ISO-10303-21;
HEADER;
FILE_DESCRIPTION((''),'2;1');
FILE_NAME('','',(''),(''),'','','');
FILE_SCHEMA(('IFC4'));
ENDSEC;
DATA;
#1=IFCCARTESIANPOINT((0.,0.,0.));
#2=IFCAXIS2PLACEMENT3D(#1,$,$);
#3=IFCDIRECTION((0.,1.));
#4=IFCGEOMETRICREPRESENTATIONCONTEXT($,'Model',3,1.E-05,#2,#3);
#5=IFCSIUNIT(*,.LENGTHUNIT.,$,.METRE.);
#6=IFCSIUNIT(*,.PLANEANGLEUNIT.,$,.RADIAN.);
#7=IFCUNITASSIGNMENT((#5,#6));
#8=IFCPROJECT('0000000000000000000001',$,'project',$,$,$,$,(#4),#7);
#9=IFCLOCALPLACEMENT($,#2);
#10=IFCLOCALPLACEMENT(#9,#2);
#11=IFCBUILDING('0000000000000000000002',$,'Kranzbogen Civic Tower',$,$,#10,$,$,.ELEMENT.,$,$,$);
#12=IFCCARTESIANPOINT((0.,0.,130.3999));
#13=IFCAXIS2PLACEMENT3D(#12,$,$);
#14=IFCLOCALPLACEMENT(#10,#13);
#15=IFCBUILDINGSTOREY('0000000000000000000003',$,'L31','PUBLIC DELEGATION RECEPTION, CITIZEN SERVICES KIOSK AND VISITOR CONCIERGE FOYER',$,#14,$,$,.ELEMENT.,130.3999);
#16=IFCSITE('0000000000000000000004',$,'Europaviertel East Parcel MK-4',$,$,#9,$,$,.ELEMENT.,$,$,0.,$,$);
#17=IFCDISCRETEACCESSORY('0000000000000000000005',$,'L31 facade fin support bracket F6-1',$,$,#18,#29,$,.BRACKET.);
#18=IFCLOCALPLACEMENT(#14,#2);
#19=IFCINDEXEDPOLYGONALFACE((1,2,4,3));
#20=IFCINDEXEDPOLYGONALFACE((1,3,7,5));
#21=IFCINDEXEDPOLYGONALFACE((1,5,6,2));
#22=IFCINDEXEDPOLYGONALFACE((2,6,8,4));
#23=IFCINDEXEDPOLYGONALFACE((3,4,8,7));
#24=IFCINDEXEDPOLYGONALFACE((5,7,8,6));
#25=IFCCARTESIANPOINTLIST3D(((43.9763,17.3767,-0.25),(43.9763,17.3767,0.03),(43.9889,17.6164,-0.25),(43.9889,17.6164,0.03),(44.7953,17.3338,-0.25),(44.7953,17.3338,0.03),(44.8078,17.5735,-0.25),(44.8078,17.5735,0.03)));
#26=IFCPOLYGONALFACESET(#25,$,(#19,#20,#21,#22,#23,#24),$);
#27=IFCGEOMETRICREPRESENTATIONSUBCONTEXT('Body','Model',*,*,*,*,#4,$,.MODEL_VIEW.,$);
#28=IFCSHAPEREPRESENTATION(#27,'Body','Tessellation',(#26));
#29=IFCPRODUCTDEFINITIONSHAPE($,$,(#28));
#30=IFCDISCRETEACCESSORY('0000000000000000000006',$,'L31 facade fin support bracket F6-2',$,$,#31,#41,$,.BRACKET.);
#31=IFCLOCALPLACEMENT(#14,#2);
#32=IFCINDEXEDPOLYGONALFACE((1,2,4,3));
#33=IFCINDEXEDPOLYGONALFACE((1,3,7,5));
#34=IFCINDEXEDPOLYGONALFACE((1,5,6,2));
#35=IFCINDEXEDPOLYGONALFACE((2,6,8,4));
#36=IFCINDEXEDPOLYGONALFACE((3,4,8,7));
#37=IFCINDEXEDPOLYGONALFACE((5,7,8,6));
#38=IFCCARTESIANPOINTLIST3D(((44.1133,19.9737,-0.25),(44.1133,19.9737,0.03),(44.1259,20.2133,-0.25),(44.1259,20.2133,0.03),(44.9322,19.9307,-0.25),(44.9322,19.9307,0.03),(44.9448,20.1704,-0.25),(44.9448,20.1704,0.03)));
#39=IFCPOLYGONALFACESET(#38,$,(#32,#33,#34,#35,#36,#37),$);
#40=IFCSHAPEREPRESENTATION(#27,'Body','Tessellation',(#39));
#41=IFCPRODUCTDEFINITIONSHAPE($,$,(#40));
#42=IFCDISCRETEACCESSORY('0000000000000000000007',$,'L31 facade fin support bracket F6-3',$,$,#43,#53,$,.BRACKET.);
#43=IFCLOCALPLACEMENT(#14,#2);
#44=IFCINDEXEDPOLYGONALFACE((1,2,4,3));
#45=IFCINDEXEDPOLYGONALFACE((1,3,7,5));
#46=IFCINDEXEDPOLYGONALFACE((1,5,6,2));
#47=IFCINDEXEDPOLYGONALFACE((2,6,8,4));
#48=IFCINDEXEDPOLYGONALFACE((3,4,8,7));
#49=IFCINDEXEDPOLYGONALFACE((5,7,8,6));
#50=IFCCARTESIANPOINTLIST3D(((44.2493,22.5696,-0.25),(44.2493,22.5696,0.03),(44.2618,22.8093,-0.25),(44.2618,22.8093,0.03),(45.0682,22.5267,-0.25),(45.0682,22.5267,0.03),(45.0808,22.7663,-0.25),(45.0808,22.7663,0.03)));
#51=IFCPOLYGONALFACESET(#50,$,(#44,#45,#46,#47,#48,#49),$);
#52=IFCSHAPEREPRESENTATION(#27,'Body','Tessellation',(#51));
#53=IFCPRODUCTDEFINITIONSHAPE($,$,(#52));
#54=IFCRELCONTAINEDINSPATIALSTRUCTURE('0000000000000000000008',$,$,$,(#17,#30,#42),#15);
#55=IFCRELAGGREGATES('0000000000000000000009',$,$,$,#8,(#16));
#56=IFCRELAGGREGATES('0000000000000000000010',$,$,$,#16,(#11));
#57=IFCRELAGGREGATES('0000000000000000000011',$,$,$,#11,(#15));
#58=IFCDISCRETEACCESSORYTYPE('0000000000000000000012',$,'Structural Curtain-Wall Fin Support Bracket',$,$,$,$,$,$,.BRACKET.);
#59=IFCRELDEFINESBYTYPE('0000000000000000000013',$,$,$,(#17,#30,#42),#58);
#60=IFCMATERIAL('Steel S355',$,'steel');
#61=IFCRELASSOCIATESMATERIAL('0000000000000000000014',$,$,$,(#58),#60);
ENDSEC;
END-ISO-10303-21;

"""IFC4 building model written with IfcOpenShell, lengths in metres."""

from ifc_helpers import new_model, si_unit, direction, frame, origin, origin_2d, place, context, subcontext, project, spatial, rectangle, extrude, material, type_object, element, save


model = new_model("IFC4")

# Units and contexts
model_context = context("Model", 3, precision=1e-05, world=origin(), true_north=direction((0.0, 1.0)))
body_context = subcontext(model_context, "Body", "Model", "MODEL_VIEW")
ifc_project = project(units=[si_unit("LENGTHUNIT", "METRE"), si_unit("PLANEANGLEUNIT", "RADIAN")], contexts=[model_context])

# Site, building, storey
site_placement = place(None, origin())
site = spatial("IfcSite", under=ifc_project, at=site_placement, Name="Europaviertel East Parcel MK-4", CompositionType="ELEMENT", RefElevation=0.0)
building_placement = place(site_placement, origin())
building = spatial("IfcBuilding", under=site, at=building_placement, Name="Kranzbogen Civic Tower", CompositionType="ELEMENT")
storey_placement = place(building_placement, frame((0.0, 0.0, 130.3999)))
storey = spatial("IfcBuildingStorey", under=building, at=storey_placement, Name="L31", Description="PUBLIC DELEGATION RECEPTION, CITIZEN SERVICES KIOSK AND VISITOR CONCIERGE FOYER", CompositionType="ELEMENT", Elevation=130.3999)

# Shared definitions
ifc_material_1 = material(Name="Steel S355", Category="steel")

# Discrete accessories
discrete_accessory_type = type_object("IfcDiscreteAccessoryType", Name="Structural Curtain-Wall Fin Support Bracket", PredefinedType="BRACKET", material=ifc_material_1)
for number, where, z_axis, x_axis, name in (
    (1, (44.3921, 17.4751, -0.25), (0.0, 0.0, 1.0), (0.99863, -0.052336, 0.0), "L31 facade fin support bracket F6-1"),
    (2, (44.5291, 20.072, -0.25), (0.0, 0.0, 1.0), (0.99863, -0.052336, 0.0), "L31 facade fin support bracket F6-2"),
    (3, (44.665, 22.668, -0.25), (0.0, 0.0, 1.0), (0.99863, -0.052336, 0.0), "L31 facade fin support bracket F6-3"),
):
    element("IfcDiscreteAccessory", number, at=place(storey_placement, frame(where, z_axis=z_axis, x_axis=x_axis)), inside=storey, type_object=discrete_accessory_type, Name=name, PredefinedType="BRACKET", context=body_context, shape_type="SweptSolid", body=[
        extrude(rectangle(XDim=0.8201, YDim=0.24, at=origin_2d()), origin(), (0.0, 0.0, 1.0), 0.28),
    ])

save(model, "model.ifc")
